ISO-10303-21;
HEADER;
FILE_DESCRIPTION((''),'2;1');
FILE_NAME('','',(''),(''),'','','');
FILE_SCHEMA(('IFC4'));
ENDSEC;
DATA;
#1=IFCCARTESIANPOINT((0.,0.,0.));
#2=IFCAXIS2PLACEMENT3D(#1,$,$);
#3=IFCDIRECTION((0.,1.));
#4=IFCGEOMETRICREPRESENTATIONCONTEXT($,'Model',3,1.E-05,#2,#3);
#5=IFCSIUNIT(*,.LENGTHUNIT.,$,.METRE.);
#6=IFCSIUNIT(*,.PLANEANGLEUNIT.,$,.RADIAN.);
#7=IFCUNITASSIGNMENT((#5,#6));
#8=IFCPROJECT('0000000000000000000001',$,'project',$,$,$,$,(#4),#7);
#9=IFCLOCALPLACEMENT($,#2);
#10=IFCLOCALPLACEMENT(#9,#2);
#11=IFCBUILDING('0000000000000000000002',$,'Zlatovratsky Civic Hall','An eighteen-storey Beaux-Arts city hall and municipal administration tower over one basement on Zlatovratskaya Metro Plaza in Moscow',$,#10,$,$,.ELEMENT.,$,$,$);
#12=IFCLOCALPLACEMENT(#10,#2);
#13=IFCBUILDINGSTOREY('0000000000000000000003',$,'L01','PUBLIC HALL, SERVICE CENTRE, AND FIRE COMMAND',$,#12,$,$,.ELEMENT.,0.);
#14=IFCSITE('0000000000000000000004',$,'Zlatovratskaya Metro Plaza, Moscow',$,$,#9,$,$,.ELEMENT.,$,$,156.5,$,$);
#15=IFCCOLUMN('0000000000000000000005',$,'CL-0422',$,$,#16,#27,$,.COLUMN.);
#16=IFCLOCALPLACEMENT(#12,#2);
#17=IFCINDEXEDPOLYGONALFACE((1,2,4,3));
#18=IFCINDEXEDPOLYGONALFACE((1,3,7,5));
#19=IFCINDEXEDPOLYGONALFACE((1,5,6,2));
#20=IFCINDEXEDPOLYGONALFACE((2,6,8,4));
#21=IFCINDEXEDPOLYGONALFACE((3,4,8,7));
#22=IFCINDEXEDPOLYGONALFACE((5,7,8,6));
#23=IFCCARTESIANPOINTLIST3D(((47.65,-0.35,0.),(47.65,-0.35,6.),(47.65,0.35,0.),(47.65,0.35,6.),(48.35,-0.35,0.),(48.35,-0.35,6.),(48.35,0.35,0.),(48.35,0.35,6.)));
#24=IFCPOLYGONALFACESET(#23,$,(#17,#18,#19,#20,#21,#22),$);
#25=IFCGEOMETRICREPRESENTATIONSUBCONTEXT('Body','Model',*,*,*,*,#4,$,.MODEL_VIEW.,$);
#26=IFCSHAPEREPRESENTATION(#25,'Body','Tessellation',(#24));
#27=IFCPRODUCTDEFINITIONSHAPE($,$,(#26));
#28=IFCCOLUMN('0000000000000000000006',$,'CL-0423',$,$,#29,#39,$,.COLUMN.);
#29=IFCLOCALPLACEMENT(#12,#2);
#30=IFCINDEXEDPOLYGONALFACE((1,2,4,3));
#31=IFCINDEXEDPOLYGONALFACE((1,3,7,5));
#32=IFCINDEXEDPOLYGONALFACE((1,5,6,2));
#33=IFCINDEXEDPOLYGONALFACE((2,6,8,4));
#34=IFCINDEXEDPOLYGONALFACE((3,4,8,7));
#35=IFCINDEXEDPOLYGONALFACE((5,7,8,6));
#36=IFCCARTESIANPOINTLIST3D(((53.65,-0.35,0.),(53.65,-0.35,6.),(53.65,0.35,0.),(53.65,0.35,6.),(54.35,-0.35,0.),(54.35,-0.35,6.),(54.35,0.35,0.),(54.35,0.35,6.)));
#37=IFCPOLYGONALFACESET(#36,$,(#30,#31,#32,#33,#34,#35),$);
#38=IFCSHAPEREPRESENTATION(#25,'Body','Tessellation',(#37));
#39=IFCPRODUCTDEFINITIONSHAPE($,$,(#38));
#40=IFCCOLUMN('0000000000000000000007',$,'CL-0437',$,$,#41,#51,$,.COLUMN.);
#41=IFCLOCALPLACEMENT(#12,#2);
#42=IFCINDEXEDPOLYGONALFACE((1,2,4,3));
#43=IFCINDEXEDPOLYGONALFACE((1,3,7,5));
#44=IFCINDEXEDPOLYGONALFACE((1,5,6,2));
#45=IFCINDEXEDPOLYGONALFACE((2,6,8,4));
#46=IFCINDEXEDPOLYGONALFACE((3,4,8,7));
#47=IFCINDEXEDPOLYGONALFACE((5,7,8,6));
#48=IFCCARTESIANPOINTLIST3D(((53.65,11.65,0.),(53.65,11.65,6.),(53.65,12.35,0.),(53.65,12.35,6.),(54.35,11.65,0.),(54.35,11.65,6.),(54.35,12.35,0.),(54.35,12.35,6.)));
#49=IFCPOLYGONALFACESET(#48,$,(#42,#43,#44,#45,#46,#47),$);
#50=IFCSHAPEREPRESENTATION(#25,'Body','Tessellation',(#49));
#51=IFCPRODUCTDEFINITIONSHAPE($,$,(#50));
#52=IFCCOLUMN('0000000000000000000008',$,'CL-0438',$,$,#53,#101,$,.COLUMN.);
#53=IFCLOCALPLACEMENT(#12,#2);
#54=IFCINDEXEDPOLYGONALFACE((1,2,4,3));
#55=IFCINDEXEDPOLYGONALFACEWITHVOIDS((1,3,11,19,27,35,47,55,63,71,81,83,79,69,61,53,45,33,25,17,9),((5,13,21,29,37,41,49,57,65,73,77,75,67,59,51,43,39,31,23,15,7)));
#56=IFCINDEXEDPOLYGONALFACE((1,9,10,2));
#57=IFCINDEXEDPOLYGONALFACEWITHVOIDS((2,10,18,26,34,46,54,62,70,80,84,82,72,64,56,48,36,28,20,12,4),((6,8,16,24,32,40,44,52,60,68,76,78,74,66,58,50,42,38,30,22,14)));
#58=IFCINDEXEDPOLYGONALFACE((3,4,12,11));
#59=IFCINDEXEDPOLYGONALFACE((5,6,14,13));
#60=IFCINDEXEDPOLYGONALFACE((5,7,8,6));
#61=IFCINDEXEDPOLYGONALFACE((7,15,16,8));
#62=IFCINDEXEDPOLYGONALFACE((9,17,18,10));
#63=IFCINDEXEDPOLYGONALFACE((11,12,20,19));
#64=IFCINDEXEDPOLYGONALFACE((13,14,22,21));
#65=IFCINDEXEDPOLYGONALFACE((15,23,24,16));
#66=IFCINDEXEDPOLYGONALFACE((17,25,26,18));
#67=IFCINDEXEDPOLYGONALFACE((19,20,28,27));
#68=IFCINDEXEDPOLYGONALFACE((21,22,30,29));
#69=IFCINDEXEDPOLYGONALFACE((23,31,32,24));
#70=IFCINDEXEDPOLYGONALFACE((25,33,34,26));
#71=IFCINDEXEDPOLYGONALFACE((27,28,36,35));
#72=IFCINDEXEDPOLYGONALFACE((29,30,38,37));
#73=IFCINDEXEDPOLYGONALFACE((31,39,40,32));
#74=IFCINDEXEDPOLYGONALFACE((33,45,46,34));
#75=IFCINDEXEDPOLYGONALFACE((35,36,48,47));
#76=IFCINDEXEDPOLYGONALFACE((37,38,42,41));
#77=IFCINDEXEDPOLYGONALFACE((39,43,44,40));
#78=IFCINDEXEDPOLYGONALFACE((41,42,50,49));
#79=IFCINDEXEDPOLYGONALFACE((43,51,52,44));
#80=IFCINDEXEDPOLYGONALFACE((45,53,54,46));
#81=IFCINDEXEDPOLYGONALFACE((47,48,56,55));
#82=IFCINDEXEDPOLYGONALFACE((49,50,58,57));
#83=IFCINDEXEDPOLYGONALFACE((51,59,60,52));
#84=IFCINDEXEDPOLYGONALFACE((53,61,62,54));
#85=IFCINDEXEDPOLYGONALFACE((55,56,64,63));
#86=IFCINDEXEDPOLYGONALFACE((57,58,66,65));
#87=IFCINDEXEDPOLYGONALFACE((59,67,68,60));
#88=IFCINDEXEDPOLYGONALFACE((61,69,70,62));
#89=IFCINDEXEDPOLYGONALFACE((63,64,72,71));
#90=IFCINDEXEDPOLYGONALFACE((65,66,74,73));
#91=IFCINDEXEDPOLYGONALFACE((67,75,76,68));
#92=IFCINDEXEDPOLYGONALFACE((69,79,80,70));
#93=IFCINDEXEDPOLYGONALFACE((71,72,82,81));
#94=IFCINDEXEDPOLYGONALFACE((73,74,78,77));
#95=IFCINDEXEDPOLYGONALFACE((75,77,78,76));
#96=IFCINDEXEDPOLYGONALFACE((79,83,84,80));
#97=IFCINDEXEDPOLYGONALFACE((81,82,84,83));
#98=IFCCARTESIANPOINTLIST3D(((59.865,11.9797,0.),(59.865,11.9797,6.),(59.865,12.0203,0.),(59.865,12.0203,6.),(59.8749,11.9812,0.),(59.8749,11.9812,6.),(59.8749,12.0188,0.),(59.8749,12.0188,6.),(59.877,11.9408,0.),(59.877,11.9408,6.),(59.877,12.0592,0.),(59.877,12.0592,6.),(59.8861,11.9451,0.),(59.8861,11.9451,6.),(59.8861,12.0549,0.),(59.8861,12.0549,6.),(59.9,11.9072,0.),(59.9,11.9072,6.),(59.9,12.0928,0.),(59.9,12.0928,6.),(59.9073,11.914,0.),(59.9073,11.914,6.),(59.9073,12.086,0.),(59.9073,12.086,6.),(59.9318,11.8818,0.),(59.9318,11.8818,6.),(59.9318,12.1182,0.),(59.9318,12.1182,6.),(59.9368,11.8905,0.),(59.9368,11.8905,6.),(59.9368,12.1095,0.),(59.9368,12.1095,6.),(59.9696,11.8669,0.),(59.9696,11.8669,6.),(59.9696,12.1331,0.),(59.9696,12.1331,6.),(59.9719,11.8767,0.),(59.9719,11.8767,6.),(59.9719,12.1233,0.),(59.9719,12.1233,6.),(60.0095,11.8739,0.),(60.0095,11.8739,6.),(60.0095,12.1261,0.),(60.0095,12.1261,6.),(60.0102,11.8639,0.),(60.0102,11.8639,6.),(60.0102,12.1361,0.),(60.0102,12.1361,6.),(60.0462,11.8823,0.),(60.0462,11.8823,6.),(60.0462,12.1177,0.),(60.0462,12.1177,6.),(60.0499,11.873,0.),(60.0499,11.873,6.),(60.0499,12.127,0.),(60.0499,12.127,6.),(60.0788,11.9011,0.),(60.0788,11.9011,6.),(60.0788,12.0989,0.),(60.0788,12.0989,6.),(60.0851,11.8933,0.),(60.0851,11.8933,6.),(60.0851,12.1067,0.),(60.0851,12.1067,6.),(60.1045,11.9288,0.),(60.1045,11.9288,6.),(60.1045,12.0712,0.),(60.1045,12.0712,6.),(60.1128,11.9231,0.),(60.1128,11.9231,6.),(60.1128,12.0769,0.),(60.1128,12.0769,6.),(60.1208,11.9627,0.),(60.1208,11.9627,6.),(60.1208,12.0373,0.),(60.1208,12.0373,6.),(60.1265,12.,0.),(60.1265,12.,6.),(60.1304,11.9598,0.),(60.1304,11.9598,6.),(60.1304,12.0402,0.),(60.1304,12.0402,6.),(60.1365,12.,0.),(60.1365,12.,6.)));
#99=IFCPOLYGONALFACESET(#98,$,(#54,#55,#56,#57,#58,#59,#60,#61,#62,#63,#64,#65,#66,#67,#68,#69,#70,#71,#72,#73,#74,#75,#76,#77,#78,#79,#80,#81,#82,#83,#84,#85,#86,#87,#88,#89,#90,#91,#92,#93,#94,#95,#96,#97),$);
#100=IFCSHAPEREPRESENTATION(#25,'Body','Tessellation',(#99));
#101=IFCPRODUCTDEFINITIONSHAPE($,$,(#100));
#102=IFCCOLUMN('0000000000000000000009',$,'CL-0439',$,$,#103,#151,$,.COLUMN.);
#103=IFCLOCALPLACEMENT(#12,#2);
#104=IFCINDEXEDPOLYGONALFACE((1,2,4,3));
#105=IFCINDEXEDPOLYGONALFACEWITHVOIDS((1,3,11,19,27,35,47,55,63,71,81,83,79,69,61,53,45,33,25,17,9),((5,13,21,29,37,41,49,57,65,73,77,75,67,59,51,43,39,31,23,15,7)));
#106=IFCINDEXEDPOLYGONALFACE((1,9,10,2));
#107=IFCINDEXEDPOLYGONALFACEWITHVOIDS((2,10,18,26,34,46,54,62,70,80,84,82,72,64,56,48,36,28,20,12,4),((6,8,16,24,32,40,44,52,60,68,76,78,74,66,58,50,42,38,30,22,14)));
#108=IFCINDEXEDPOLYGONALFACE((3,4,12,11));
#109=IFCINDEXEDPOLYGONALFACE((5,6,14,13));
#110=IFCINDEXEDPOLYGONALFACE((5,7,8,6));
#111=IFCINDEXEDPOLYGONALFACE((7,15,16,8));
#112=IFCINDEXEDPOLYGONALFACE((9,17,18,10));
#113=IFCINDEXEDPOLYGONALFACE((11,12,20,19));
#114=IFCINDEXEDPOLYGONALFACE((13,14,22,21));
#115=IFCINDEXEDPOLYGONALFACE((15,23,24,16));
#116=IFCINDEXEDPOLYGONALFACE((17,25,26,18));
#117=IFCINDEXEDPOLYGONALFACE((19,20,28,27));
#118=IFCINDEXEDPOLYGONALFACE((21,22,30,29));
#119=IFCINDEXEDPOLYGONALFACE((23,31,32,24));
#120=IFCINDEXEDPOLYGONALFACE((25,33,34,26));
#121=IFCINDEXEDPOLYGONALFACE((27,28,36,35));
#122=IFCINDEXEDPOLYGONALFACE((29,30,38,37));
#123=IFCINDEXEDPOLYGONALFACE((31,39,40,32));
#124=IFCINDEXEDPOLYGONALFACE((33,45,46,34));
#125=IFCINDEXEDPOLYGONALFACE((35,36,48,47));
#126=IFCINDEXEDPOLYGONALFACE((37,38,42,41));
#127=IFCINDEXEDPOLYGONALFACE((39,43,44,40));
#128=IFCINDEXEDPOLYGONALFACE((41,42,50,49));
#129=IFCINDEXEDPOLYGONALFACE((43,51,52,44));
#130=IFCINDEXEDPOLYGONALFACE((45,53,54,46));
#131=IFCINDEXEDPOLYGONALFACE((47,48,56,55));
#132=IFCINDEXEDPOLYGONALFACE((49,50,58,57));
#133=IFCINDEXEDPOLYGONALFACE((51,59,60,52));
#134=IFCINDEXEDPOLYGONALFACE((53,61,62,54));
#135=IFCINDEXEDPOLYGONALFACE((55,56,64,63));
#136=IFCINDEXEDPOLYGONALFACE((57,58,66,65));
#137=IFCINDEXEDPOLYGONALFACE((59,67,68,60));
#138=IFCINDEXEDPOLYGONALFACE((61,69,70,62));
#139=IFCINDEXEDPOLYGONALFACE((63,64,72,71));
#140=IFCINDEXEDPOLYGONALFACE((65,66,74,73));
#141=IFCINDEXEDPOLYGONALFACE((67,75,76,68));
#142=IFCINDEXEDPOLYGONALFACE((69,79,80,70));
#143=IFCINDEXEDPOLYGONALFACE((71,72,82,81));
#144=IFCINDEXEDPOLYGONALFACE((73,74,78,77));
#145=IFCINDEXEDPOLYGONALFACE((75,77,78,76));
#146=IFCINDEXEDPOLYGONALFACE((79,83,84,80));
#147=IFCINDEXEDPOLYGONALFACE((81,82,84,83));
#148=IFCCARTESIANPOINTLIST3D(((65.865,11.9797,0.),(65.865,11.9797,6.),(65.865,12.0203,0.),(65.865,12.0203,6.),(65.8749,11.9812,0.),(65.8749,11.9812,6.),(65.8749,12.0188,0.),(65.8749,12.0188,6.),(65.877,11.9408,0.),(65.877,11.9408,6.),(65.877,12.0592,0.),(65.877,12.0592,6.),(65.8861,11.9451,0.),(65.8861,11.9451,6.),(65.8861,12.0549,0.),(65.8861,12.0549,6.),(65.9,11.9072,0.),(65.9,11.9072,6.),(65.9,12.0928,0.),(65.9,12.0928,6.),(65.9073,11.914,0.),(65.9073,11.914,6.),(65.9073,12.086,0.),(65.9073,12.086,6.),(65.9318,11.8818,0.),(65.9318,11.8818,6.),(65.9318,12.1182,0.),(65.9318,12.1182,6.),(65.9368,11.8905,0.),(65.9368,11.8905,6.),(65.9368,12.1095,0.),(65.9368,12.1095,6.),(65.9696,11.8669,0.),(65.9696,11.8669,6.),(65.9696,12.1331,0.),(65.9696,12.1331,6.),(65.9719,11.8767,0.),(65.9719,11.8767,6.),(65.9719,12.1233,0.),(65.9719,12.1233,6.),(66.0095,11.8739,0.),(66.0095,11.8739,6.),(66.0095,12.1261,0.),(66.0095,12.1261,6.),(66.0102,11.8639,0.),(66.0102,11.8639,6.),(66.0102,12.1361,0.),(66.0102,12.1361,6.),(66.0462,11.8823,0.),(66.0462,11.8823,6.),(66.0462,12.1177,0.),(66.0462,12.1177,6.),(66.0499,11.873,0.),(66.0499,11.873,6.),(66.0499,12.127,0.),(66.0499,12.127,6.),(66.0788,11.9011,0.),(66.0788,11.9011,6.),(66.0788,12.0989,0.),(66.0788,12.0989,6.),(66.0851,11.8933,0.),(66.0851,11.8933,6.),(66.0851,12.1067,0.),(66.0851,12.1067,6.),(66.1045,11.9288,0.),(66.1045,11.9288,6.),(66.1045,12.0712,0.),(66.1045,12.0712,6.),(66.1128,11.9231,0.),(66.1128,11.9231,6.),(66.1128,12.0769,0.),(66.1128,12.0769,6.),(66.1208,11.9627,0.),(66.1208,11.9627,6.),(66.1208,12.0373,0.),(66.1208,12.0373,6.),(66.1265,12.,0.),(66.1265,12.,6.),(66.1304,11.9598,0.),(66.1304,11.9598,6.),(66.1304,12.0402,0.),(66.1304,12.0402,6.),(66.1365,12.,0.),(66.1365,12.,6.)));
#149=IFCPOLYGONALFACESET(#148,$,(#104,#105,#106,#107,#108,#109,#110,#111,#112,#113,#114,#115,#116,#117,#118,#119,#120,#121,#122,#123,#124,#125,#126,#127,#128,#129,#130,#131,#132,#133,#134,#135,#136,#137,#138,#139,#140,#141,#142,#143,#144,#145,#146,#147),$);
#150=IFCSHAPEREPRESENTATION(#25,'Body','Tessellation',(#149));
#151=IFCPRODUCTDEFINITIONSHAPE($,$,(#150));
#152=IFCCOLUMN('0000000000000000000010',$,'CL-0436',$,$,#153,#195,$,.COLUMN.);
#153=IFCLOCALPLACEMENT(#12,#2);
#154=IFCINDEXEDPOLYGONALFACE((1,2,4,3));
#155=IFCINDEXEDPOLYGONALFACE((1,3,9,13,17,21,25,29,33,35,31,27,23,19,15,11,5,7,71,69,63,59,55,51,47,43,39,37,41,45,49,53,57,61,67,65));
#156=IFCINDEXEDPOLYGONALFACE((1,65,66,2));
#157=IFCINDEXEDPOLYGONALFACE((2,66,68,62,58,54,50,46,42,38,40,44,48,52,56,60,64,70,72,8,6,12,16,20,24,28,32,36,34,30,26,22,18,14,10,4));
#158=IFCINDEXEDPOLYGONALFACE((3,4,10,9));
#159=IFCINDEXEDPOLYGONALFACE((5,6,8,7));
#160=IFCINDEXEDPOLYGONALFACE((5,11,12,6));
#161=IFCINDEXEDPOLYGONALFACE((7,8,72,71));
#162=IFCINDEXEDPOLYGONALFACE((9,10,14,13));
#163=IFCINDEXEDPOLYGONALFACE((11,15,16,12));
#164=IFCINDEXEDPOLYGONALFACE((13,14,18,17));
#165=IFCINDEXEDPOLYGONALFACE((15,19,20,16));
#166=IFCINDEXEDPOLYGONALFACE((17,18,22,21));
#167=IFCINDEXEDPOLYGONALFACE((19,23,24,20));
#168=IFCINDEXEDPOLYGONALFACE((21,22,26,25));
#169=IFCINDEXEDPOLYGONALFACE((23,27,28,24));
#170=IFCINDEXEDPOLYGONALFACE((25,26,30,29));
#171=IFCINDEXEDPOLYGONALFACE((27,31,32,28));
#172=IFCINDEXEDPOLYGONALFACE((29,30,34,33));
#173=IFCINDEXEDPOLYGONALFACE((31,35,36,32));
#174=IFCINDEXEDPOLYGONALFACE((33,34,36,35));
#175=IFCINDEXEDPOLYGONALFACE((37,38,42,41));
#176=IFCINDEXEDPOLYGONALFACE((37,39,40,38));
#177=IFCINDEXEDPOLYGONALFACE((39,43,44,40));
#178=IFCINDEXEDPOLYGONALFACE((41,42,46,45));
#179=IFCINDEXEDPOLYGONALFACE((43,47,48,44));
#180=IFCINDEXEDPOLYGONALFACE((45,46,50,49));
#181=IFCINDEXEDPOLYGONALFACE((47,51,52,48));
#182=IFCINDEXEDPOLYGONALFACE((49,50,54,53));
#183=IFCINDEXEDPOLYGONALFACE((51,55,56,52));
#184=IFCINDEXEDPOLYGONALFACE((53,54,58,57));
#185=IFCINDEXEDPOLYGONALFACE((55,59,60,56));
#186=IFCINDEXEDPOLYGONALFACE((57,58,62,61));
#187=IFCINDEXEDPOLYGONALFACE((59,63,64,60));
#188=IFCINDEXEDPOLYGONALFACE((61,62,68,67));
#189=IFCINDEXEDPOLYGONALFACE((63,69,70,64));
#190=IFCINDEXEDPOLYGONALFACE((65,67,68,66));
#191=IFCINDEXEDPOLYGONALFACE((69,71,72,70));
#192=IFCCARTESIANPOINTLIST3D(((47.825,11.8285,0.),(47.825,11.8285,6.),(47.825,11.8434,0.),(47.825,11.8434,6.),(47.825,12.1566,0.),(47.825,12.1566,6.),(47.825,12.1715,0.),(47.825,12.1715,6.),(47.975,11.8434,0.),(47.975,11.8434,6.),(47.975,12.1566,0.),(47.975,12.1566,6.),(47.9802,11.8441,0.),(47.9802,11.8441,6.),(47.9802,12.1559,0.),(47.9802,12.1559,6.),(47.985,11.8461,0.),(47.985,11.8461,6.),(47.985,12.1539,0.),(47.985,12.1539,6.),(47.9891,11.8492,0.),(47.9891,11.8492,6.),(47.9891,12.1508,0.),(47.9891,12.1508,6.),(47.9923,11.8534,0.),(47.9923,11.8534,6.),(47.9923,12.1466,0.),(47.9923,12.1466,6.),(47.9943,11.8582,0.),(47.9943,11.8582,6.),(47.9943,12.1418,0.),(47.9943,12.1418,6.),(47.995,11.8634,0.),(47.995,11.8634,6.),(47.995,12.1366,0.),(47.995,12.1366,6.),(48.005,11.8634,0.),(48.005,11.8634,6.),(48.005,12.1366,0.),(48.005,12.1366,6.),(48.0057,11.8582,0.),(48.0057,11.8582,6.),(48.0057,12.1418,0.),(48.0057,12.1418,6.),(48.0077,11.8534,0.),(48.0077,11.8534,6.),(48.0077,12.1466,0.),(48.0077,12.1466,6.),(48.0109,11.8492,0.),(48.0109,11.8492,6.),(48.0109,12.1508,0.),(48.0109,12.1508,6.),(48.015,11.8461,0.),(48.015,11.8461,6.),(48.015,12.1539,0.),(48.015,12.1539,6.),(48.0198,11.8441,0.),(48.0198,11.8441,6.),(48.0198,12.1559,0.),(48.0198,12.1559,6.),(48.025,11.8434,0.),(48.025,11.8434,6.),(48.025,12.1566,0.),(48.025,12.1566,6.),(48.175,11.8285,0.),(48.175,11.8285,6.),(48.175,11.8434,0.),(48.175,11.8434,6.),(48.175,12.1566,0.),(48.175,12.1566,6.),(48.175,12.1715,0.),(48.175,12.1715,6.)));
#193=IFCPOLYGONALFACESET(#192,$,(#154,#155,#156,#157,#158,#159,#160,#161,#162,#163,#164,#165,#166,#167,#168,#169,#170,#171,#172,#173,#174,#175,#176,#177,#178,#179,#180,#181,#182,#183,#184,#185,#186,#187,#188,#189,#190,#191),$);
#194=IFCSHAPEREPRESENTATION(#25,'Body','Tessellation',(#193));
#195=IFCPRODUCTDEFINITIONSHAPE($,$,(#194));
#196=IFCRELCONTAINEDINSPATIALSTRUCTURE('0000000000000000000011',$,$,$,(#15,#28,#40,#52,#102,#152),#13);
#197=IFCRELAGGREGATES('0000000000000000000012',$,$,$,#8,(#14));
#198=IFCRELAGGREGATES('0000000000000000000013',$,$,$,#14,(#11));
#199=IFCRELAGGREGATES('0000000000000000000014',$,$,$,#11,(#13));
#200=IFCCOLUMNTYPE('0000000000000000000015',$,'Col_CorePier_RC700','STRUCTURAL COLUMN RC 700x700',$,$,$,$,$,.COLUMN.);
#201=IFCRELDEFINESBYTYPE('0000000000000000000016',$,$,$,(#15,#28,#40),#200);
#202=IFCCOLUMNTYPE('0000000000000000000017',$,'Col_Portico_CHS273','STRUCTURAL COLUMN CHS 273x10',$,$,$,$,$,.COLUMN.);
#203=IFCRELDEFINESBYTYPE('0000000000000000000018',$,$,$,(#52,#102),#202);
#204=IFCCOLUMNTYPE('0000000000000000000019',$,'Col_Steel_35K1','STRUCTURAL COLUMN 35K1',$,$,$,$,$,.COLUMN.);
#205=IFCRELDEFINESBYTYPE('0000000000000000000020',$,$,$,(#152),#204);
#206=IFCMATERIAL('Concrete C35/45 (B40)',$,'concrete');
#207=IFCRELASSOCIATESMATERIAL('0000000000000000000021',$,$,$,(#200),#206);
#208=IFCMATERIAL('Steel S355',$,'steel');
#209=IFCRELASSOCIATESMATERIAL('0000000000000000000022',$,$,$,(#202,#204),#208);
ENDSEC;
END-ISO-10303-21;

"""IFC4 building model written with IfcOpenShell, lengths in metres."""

from ifc_helpers import new_model, si_unit, direction, frame, origin, origin_2d, place, context, subcontext, project, spatial, rectangle, hollow_circle, i_section, extrude, material, material_profile, profile_set, type_object, element, save


model = new_model("IFC4")

# Units and contexts
model_context = context("Model", 3, precision=1e-05, world=origin(), true_north=direction((0.0, 1.0)))
body_context = subcontext(model_context, "Body", "Model", "MODEL_VIEW")
ifc_project = project(units=[si_unit("LENGTHUNIT", "METRE"), si_unit("PLANEANGLEUNIT", "RADIAN")], contexts=[model_context])

# Site, building, storey
site_placement = place(None, origin())
site = spatial("IfcSite", under=ifc_project, at=site_placement, Name="Zlatovratskaya Metro Plaza, Moscow", CompositionType="ELEMENT", RefElevation=156.5)
building_placement = place(site_placement, origin())
building = spatial("IfcBuilding", under=site, at=building_placement, Name="Zlatovratsky Civic Hall", Description="An eighteen-storey Beaux-Arts city hall and municipal administration tower over one basement on Zlatovratskaya Metro Plaza in Moscow", CompositionType="ELEMENT")
storey_placement = place(building_placement, origin())
storey = spatial("IfcBuildingStorey", under=building, at=storey_placement, Name="L01", Description="PUBLIC HALL, SERVICE CENTRE, AND FIRE COMMAND", CompositionType="ELEMENT", Elevation=0.0)

# Columns
ifc_material_1 = material(Name="Concrete C35/45 (B40)", Category="concrete")
ifc_material_profile_1 = material_profile(ifc_material_1, rectangle(XDim=0.7, YDim=0.7, at=origin_2d()), Name="RC 700x700")
ifc_profile_set_1 = profile_set([ifc_material_profile_1], Name="Concrete C35/45 (B40)")
column_type_1 = type_object("IfcColumnType", Name="Col_CorePier_RC700", Description="STRUCTURAL COLUMN RC 700x700", PredefinedType="COLUMN", material=ifc_profile_set_1)
for number, where, z_axis, x_axis, name in (
    (1, (48.0, 0.0, 0.0), (0.0, 0.0, 1.0), (1.0, 0.0, 0.0), "CL-0422"),
    (2, (54.0, 0.0, 0.0), (0.0, 0.0, 1.0), (1.0, 0.0, 0.0), "CL-0423"),
    (3, (54.0, 12.0, 0.0), (0.0, 0.0, 1.0), (1.0, 0.0, 0.0), "CL-0437"),
):
    element("IfcColumn", number, at=place(storey_placement, frame(where, z_axis=z_axis, x_axis=x_axis)), inside=storey, type_object=column_type_1, Name=name, PredefinedType="COLUMN", context=body_context, shape_type="SweptSolid", body=[
        extrude(rectangle(XDim=0.7, YDim=0.7, at=origin_2d()), origin(), (0.0, 0.0, 1.0), 6.0),
    ])
ifc_material_2 = material(Name="Steel S355", Category="steel")
ifc_material_profile_2 = material_profile(ifc_material_2, hollow_circle(Radius=0.1365, WallThickness=0.01, at=origin_2d()), Name="CHS 273x10")
ifc_profile_set_2 = profile_set([ifc_material_profile_2], Name="Steel S355")
column_type_2 = type_object("IfcColumnType", Name="Col_Portico_CHS273", Description="STRUCTURAL COLUMN CHS 273x10", PredefinedType="COLUMN", material=ifc_profile_set_2)
for number, where, z_axis, x_axis, name in (
    (4, (60.0, 12.0, 0.0), (0.0, 0.0, 1.0), (1.0, 0.0, 0.0), "CL-0438"),
    (5, (66.0, 12.0, 0.0), (0.0, 0.0, 1.0), (1.0, 0.0, 0.0), "CL-0439"),
):
    element("IfcColumn", number, at=place(storey_placement, frame(where, z_axis=z_axis, x_axis=x_axis)), inside=storey, type_object=column_type_2, Name=name, PredefinedType="COLUMN", context=body_context, shape_type="SweptSolid", body=[
        extrude(hollow_circle(Radius=0.1365, WallThickness=0.01, at=origin_2d()), origin(), (0.0, 0.0, 1.0), 6.0),
    ])
ifc_material_profile_3 = material_profile(ifc_material_2, i_section(OverallWidth=0.3501, OverallDepth=0.343, WebThickness=0.01, FlangeThickness=0.0149, FilletRadius=0.02, at=origin_2d()), Name="35K1")
ifc_profile_set_3 = profile_set([ifc_material_profile_3], Name="Steel S355")
column_type_3 = type_object("IfcColumnType", Name="Col_Steel_35K1", Description="STRUCTURAL COLUMN 35K1", PredefinedType="COLUMN", material=ifc_profile_set_3)
column_placement = place(storey_placement, frame((48.0, 12.0, 0.0), z_axis=(0.0, 0.0, 1.0), x_axis=(1.0, 0.0, 0.0)))
element("IfcColumn", 6, at=column_placement, inside=storey, type_object=column_type_3, Name="CL-0436", PredefinedType="COLUMN", context=body_context, shape_type="SweptSolid", body=[
    extrude(i_section(OverallWidth=0.3501, OverallDepth=0.343, WebThickness=0.01, FlangeThickness=0.0149, FilletRadius=0.02, at=origin_2d()), origin(), (0.0, 0.0, 1.0), 6.0),
])

save(model, "model.ifc")
